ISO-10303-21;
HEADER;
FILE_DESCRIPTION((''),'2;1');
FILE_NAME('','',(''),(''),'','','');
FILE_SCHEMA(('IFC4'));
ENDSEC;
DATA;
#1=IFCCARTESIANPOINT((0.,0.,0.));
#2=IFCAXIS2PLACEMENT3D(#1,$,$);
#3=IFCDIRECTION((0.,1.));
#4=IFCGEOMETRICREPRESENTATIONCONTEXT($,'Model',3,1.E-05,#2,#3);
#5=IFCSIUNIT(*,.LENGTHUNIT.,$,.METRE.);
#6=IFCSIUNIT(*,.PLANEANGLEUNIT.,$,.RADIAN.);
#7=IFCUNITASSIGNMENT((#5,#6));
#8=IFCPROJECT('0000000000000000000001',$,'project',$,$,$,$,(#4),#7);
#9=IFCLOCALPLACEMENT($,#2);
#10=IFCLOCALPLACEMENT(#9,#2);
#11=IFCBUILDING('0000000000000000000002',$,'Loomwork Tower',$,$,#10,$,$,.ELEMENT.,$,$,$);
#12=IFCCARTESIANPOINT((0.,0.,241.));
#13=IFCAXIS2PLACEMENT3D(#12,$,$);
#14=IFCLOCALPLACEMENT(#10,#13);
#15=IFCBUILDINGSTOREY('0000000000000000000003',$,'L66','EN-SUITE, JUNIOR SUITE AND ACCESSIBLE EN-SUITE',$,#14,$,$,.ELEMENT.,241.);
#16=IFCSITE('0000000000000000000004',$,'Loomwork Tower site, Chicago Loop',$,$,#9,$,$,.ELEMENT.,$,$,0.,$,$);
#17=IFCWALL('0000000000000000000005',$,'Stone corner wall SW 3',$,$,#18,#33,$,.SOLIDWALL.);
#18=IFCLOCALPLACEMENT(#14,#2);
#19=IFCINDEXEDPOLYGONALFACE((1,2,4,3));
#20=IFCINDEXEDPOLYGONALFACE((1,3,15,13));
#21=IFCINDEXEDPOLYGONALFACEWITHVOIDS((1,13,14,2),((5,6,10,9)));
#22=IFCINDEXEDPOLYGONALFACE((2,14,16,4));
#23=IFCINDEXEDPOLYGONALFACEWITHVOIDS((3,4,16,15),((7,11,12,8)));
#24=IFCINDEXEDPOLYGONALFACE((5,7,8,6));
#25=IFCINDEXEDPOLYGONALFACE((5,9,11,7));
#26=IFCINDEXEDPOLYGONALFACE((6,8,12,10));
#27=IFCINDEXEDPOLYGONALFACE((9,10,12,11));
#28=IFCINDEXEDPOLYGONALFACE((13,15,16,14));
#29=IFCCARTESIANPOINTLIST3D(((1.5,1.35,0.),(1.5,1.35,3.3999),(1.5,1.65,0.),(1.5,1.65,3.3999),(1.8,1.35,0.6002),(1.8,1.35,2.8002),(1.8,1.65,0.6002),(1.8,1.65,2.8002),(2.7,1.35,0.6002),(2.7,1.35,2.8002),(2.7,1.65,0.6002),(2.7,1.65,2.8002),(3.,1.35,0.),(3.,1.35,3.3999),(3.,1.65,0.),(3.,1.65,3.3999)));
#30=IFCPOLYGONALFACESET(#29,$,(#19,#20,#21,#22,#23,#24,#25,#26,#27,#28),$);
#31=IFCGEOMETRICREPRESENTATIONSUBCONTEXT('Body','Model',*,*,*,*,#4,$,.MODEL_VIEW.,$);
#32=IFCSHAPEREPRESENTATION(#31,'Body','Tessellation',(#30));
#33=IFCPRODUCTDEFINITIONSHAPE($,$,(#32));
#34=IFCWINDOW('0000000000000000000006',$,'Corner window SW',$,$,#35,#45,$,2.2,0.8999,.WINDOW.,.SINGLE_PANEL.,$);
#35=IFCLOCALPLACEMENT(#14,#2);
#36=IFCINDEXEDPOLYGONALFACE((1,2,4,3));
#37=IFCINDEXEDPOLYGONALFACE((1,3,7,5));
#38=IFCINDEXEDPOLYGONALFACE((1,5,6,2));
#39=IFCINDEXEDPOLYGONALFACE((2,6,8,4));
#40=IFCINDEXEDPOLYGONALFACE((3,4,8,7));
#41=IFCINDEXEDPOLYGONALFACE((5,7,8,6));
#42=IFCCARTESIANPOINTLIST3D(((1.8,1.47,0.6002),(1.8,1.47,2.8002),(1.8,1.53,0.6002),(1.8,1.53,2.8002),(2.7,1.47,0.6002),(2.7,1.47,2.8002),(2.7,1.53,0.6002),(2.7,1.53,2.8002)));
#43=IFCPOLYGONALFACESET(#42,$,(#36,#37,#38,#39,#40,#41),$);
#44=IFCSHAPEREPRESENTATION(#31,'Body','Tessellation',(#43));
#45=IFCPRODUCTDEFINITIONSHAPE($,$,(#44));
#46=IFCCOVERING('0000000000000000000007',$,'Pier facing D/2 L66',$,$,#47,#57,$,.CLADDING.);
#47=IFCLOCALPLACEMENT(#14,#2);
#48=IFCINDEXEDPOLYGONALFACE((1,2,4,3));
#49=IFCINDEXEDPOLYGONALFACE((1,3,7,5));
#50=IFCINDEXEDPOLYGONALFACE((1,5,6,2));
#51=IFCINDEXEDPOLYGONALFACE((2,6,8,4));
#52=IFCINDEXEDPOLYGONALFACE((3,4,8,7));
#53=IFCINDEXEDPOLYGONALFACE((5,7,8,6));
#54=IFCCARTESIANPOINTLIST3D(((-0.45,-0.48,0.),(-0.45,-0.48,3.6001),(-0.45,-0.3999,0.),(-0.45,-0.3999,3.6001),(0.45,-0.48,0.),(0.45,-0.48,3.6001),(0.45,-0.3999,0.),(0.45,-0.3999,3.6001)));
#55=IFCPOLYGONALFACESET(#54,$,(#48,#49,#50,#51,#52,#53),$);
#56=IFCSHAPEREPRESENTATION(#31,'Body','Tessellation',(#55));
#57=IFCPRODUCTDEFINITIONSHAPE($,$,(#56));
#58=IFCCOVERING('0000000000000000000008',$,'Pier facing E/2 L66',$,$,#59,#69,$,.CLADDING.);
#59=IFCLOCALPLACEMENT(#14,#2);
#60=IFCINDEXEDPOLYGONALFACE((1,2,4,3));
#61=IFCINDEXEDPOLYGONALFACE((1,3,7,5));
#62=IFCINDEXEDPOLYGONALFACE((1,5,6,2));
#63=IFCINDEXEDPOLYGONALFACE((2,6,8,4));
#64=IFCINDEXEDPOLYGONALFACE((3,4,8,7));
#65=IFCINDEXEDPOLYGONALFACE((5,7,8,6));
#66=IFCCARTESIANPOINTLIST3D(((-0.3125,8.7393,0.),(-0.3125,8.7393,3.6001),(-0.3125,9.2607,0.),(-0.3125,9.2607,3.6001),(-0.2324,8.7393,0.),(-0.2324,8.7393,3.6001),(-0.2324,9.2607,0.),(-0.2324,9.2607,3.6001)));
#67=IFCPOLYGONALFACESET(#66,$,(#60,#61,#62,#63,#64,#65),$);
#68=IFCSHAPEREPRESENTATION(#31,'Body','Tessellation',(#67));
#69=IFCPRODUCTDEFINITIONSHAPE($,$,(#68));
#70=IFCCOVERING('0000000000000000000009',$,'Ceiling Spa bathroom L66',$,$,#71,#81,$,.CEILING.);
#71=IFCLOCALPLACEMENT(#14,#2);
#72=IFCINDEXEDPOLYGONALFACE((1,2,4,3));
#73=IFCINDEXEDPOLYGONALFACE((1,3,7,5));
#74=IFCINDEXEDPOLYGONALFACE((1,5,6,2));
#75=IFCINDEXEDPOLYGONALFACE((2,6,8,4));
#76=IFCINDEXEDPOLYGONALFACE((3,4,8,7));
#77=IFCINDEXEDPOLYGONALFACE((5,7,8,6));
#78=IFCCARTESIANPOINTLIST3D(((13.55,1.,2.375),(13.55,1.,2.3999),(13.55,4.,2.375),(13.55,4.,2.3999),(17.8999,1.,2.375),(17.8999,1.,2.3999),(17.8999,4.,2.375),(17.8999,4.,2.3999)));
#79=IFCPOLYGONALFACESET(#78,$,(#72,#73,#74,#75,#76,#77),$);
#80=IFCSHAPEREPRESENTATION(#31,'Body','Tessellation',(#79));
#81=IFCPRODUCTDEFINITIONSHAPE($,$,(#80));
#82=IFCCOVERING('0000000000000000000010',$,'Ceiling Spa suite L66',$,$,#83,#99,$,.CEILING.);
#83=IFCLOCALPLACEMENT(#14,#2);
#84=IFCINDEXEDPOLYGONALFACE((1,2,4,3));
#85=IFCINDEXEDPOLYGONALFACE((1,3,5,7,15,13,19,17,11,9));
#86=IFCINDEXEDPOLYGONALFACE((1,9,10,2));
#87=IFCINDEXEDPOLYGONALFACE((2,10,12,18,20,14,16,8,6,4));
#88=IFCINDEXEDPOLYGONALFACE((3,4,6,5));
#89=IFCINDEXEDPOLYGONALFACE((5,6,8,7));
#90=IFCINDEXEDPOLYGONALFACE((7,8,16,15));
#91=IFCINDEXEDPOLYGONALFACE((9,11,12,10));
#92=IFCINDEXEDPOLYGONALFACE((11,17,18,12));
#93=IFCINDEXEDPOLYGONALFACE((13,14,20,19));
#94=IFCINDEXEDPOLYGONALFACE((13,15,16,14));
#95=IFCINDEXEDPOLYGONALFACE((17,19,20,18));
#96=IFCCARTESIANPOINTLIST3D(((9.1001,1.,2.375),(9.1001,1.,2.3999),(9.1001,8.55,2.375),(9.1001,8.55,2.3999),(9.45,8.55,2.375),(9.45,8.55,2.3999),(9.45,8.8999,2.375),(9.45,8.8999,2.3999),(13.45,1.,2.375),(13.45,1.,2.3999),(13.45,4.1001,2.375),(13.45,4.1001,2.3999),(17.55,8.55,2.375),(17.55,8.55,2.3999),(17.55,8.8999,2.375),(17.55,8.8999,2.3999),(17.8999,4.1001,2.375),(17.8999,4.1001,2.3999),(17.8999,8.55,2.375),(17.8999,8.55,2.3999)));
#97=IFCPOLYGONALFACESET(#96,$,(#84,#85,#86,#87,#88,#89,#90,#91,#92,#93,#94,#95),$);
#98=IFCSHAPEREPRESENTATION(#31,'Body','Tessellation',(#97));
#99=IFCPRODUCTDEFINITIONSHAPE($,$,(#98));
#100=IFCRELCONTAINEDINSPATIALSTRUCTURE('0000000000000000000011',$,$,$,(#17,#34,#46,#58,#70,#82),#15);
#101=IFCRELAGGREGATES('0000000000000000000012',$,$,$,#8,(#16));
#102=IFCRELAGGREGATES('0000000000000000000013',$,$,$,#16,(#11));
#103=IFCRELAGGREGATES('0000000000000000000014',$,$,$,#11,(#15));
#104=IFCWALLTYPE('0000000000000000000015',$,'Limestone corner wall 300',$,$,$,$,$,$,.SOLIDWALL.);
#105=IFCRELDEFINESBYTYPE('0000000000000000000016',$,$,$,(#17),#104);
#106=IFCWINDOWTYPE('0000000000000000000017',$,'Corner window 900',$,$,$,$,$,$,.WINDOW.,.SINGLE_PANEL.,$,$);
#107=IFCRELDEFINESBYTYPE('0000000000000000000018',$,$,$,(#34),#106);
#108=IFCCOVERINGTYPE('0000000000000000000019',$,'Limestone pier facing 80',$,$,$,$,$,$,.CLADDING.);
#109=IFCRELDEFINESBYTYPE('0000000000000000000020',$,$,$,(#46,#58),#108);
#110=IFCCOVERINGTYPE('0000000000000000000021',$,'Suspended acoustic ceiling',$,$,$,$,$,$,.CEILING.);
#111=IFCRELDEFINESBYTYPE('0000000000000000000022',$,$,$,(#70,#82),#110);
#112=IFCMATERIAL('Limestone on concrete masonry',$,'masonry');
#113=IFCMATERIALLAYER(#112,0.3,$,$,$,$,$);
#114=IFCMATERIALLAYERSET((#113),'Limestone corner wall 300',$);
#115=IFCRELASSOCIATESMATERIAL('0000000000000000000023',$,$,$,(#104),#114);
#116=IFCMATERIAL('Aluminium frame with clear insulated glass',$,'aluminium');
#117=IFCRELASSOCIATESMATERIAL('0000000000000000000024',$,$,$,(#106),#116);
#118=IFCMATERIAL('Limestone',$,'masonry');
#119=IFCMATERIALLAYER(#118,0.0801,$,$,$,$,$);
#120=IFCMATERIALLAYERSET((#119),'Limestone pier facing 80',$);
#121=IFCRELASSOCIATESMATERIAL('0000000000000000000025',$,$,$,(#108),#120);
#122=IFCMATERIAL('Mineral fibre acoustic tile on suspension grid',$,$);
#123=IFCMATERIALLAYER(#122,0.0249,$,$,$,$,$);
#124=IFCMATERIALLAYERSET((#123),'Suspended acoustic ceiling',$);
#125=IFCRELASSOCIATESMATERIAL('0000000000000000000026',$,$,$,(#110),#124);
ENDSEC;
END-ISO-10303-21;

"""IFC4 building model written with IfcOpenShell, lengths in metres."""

from ifc_helpers import new_model, si_unit, direction, frame, frame_2d, origin, origin_2d, place, context, subcontext, project, spatial, polyline, rectangle, outline, extrude, material, layer, layer_set, type_object, element, fill, save


model = new_model("IFC4")

# Units and contexts
model_context = context("Model", 3, precision=1e-05, world=origin(), true_north=direction((0.0, 1.0)))
body_context = subcontext(model_context, "Body", "Model", "MODEL_VIEW")
ifc_project = project(units=[si_unit("LENGTHUNIT", "METRE"), si_unit("PLANEANGLEUNIT", "RADIAN")], contexts=[model_context])

# Site, building, storey
site_placement = place(None, origin())
site = spatial("IfcSite", under=ifc_project, at=site_placement, Name="Loomwork Tower site, Chicago Loop", CompositionType="ELEMENT", RefElevation=0.0)
building_placement = place(site_placement, origin())
building = spatial("IfcBuilding", under=site, at=building_placement, Name="Loomwork Tower", CompositionType="ELEMENT")
storey_placement = place(building_placement, frame((0.0, 0.0, 241.0)))
storey = spatial("IfcBuildingStorey", under=building, at=storey_placement, Name="L66", Description="EN-SUITE, JUNIOR SUITE AND ACCESSIBLE EN-SUITE", CompositionType="ELEMENT", Elevation=241.0)

# Shared definitions
ifc_material_1 = material(Name="Limestone on concrete masonry", Category="masonry")
ifc_layer_1 = layer(ifc_material_1, 0.3)
ifc_layer_set_1 = layer_set([ifc_layer_1], Name="Limestone corner wall 300")
wall_type_1 = type_object("IfcWallType", Name="Limestone corner wall 300", PredefinedType="SOLIDWALL", material=ifc_layer_set_1)

# Wall, opening, window
wall_1_placement = place(storey_placement, frame((1.5, 1.5, 0.0), z_axis=(0.0, 0.0, 1.0), x_axis=(1.0, 0.0, 0.0)))
wall_1 = element("IfcWall", 1, at=wall_1_placement, inside=storey, type_object=wall_type_1, Name="Stone corner wall SW 3", PredefinedType="SOLIDWALL", context=body_context, shape_type="SweptSolid", body=[
    extrude(rectangle(XDim=1.5, YDim=0.3, at=frame_2d((0.75, 0.0))), origin(), (0.0, 0.0, 1.0), 3.3999),
])
opening_placement = place(wall_1_placement, frame((0.3, 0.0, 0.6001)))
opening = element("IfcOpeningElement", 2, at=opening_placement, cuts=wall_1, PredefinedType="OPENING", context=body_context, shape_type="SweptSolid", body=[
    extrude(rectangle(XDim=0.8999, YDim=2.2, at=frame_2d((0.45, 1.1001))), frame((0.0, 0.1599, 0.0), z_axis=(0.0, -1.0, 0.0), x_axis=(1.0, 0.0, 0.0)), (0.0, 0.0, 1.0), 0.3201),
])
ifc_material_2 = material(Name="Aluminium frame with clear insulated glass", Category="aluminium")
window_type = type_object("IfcWindowType", Name="Corner window 900", PartitioningType="SINGLE_PANEL", PredefinedType="WINDOW", material=ifc_material_2)
window_placement = place(opening_placement, origin())
window = element("IfcWindow", 3, at=window_placement, inside=storey, type_object=window_type, Name="Corner window SW", OverallHeight=2.2, OverallWidth=0.8999, PartitioningType="SINGLE_PANEL", PredefinedType="WINDOW", context=body_context, shape_type="SweptSolid", body=[
    extrude(rectangle(XDim=0.8999, YDim=2.2, at=frame_2d((0.45, 1.1001))), frame((0.0, 0.03, 0.0), z_axis=(0.0, -1.0, 0.0), x_axis=(1.0, 0.0, 0.0)), (0.0, 0.0, 1.0), 0.0601),
])
fill(opening, window)

# Coverings
ifc_material_3 = material(Name="Limestone", Category="masonry")
ifc_layer_2 = layer(ifc_material_3, 0.0801)
ifc_layer_set_2 = layer_set([ifc_layer_2], Name="Limestone pier facing 80")
covering_type_1 = type_object("IfcCoveringType", Name="Limestone pier facing 80", PredefinedType="CLADDING", material=ifc_layer_set_2)
covering_1_placement = place(storey_placement, frame((0.0, -0.4399, 0.0), z_axis=(0.0, 0.0, 1.0), x_axis=(1.0, 0.0, 0.0)))
element("IfcCovering", 4, at=covering_1_placement, inside=storey, type_object=covering_type_1, Name="Pier facing D/2 L66", PredefinedType="CLADDING", context=body_context, shape_type="SweptSolid", body=[
    extrude(rectangle(XDim=0.8999, YDim=0.0801, at=origin_2d()), origin(), (0.0, 0.0, 1.0), 3.6001),
])
covering_2_placement = place(storey_placement, frame((-0.2725, 9.0, 0.0), z_axis=(0.0, 0.0, 1.0), x_axis=(1.0, 0.0, 0.0)))
element("IfcCovering", 5, at=covering_2_placement, inside=storey, type_object=covering_type_1, Name="Pier facing E/2 L66", PredefinedType="CLADDING", context=body_context, shape_type="SweptSolid", body=[
    extrude(rectangle(XDim=0.0801, YDim=0.5215, at=origin_2d()), origin(), (0.0, 0.0, 1.0), 3.6001),
])
ifc_material_4 = material(Name="Mineral fibre acoustic tile on suspension grid")
ifc_layer_3 = layer(ifc_material_4, 0.0249)
ifc_layer_set_3 = layer_set([ifc_layer_3], Name="Suspended acoustic ceiling")
covering_type_2 = type_object("IfcCoveringType", Name="Suspended acoustic ceiling", PredefinedType="CEILING", material=ifc_layer_set_3)
covering_3_placement = place(storey_placement, frame((0.0, 0.0, 2.375)))
element("IfcCovering", 6, at=covering_3_placement, inside=storey, type_object=covering_type_2, Name="Ceiling Spa bathroom L66", PredefinedType="CEILING", context=body_context, shape_type="SweptSolid", body=[
    extrude(outline(polyline([(17.8999, 4.0), (17.8999, 1.0), (13.55, 1.0), (13.55, 4.0), (17.8999, 4.0)])), origin(), (0.0, 0.0, 1.0), 0.0249),
])
covering_4_placement = place(storey_placement, frame((0.0, 0.0, 2.375)))
element("IfcCovering", 7, at=covering_4_placement, inside=storey, type_object=covering_type_2, Name="Ceiling Spa suite L66", PredefinedType="CEILING", context=body_context, shape_type="SweptSolid", body=[
    extrude(outline(polyline([(17.55, 8.8999), (17.55, 8.55), (17.8999, 8.55), (17.8999, 4.1001), (13.45, 4.1001), (13.45, 1.0), (9.1001, 1.0), (9.1001, 8.55), (9.45, 8.55), (9.45, 8.8999), (17.55, 8.8999)])), origin(), (0.0, 0.0, 1.0), 0.0249),
])

save(model, "model.ifc")
